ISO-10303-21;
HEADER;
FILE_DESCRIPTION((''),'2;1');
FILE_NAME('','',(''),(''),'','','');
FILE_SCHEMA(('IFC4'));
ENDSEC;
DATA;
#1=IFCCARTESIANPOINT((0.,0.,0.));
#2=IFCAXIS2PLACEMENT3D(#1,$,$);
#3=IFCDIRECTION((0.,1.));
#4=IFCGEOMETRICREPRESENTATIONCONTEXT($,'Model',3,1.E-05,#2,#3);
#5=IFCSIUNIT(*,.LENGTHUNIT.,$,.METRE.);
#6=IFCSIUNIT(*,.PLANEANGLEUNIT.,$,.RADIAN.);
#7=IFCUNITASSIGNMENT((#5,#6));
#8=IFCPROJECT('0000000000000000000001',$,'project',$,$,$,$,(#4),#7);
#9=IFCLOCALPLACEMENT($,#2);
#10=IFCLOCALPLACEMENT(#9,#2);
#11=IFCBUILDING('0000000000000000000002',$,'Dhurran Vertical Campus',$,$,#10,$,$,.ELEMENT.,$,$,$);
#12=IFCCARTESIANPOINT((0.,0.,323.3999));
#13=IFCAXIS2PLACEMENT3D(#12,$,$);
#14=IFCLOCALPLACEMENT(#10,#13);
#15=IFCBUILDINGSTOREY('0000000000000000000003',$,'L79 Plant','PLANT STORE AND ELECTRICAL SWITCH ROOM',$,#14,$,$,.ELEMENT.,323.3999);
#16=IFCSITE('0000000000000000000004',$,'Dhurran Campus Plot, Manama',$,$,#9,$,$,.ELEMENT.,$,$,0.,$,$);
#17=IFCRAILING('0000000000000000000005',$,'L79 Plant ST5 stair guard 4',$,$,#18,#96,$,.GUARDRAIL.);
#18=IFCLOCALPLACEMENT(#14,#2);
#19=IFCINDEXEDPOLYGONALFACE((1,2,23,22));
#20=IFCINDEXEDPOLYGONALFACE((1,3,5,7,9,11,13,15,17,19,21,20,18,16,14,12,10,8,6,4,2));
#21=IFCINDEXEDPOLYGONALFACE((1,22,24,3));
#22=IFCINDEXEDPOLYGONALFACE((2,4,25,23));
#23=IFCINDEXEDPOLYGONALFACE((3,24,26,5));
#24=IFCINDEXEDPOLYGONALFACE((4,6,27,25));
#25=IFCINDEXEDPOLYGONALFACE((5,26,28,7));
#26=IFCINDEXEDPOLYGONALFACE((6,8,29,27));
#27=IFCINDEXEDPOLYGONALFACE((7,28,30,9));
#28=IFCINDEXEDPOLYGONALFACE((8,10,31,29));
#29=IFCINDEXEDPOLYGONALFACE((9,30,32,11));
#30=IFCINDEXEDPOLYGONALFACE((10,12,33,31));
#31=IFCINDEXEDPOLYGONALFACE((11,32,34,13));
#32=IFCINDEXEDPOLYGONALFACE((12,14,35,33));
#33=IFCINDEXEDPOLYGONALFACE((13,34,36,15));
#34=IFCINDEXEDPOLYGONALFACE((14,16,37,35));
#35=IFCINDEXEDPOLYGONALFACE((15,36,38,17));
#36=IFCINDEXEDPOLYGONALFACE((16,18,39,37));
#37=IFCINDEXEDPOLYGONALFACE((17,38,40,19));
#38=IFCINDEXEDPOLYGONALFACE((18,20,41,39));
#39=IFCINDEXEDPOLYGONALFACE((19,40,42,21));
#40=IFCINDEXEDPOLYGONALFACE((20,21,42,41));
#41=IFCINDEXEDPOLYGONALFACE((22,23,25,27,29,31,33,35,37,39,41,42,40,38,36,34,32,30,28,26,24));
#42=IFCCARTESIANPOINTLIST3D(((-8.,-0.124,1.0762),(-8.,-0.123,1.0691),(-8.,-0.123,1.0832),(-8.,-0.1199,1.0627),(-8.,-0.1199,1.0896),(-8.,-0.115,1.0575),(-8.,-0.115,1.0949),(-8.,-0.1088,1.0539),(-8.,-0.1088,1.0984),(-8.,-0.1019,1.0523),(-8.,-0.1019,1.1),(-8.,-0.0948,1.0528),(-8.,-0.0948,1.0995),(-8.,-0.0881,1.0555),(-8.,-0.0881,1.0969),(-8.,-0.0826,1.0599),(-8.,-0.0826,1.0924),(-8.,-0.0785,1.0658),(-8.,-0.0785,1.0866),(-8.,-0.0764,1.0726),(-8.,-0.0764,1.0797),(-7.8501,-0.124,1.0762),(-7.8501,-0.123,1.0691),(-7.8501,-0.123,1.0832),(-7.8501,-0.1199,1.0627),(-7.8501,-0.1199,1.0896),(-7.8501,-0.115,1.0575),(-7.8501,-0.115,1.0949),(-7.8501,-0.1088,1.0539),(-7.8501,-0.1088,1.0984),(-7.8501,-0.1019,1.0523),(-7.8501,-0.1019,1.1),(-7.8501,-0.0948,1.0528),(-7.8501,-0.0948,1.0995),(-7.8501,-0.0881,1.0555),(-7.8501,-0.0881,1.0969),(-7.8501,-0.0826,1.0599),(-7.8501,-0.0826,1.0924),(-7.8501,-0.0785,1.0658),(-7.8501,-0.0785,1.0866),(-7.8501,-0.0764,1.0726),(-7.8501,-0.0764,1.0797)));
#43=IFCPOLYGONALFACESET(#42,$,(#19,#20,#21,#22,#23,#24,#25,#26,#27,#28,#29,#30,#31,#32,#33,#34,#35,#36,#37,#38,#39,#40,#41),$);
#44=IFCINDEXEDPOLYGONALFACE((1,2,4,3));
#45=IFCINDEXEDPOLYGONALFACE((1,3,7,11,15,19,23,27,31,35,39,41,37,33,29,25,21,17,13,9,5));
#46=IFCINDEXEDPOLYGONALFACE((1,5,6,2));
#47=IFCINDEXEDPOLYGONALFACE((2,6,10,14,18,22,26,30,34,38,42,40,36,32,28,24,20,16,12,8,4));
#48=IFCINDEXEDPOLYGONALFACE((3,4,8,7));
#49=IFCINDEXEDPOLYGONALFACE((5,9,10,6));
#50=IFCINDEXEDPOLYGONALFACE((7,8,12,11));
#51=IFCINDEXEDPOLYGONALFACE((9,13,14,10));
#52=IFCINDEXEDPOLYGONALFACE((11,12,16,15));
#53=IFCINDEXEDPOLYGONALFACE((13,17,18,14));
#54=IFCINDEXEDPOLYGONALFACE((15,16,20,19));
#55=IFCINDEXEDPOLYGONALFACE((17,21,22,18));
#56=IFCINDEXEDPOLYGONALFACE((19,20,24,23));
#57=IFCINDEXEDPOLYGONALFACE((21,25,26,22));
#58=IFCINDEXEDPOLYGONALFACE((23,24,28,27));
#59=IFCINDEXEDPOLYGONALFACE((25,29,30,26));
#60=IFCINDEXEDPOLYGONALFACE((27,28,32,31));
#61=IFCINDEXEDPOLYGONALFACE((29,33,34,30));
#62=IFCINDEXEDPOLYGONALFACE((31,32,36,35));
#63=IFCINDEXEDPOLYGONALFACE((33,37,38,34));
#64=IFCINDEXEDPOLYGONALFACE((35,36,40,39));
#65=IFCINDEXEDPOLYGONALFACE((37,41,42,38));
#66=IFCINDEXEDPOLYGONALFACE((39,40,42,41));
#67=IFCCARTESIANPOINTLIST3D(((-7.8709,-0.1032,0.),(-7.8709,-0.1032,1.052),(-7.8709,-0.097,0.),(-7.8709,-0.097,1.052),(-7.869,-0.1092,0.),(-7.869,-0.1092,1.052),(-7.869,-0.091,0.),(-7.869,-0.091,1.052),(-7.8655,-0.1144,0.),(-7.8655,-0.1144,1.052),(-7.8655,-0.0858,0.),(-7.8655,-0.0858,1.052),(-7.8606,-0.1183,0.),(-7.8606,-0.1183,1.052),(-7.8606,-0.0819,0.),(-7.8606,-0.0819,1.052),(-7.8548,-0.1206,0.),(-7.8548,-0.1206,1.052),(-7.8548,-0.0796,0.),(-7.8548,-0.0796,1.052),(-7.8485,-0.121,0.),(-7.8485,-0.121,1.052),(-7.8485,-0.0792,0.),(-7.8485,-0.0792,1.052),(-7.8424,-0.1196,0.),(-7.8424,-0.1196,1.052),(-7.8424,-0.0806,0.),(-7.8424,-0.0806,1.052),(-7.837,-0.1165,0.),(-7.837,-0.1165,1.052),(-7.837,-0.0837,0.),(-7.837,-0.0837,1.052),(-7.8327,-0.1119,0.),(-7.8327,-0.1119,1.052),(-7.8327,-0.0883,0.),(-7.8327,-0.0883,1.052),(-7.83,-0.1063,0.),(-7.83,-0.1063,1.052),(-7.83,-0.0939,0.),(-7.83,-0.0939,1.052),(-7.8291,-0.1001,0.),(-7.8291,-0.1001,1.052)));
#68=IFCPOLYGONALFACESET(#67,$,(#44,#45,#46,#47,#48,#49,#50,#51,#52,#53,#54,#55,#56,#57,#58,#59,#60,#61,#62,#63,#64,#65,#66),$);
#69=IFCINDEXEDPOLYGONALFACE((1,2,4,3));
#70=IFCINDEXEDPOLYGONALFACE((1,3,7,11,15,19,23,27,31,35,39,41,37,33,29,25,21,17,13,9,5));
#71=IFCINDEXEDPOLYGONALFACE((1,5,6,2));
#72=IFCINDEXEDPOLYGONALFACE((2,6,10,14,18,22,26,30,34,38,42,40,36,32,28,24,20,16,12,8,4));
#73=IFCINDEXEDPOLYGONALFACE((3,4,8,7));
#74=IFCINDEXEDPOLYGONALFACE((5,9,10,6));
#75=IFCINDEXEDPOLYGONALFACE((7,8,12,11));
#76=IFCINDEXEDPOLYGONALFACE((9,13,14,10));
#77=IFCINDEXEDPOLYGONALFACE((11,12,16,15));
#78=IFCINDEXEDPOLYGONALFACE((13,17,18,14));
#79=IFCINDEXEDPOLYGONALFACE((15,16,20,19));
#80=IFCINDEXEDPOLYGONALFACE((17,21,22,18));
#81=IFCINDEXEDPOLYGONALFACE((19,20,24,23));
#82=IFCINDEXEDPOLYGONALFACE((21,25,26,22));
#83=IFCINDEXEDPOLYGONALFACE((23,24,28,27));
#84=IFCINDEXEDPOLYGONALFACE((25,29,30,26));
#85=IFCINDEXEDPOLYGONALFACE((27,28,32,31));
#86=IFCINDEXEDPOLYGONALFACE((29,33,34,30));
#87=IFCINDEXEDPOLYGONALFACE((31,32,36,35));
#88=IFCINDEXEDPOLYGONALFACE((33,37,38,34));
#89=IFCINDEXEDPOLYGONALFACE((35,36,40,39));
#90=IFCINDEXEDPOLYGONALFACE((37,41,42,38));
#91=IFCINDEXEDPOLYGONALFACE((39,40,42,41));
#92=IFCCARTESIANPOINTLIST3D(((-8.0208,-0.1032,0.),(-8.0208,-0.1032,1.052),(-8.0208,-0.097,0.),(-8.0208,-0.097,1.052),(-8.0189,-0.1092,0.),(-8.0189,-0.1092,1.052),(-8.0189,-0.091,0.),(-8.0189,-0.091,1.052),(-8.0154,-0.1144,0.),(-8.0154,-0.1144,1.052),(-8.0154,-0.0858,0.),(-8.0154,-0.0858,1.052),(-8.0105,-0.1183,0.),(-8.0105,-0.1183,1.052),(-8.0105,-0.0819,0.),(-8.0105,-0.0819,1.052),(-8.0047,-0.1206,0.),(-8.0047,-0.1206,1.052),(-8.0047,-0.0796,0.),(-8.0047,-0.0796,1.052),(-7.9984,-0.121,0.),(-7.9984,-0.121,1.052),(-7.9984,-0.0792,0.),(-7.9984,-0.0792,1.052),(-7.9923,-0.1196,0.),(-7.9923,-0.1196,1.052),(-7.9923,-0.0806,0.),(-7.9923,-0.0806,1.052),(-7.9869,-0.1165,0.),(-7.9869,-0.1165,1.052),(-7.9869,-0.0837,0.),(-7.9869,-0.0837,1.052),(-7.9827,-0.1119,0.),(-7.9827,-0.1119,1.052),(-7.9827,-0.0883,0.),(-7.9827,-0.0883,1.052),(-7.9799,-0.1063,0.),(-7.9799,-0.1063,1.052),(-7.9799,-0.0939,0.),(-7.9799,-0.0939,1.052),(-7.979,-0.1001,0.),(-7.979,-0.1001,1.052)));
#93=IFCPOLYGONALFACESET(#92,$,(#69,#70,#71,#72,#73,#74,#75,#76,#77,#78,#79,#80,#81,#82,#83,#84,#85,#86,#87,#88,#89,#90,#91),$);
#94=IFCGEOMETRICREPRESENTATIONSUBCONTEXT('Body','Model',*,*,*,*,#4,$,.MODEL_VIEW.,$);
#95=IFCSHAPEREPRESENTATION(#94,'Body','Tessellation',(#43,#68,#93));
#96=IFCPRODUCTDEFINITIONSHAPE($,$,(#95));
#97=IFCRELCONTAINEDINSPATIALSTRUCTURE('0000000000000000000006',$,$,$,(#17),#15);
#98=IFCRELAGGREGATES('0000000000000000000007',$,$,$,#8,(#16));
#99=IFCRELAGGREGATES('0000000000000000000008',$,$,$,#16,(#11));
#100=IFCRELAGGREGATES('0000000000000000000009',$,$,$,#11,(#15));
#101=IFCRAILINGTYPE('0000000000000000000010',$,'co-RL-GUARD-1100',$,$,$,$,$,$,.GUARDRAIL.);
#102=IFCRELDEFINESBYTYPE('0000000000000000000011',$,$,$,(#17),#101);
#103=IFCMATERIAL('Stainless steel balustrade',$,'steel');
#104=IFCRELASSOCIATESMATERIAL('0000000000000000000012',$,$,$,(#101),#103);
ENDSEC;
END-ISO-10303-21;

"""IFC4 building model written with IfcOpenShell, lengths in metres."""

from ifc_helpers import new_model, si_unit, direction, frame, origin, origin_2d, place, context, subcontext, project, spatial, circle, extrude, material, type_object, element, save


model = new_model("IFC4")

# Units and contexts
model_context = context("Model", 3, precision=1e-05, world=origin(), true_north=direction((0.0, 1.0)))
body_context = subcontext(model_context, "Body", "Model", "MODEL_VIEW")
ifc_project = project(units=[si_unit("LENGTHUNIT", "METRE"), si_unit("PLANEANGLEUNIT", "RADIAN")], contexts=[model_context])

# Site, building, storey
site_placement = place(None, origin())
site = spatial("IfcSite", under=ifc_project, at=site_placement, Name="Dhurran Campus Plot, Manama", CompositionType="ELEMENT", RefElevation=0.0)
building_placement = place(site_placement, origin())
building = spatial("IfcBuilding", under=site, at=building_placement, Name="Dhurran Vertical Campus", CompositionType="ELEMENT")
storey_placement = place(building_placement, frame((0.0, 0.0, 323.3999)))
storey = spatial("IfcBuildingStorey", under=building, at=storey_placement, Name="L79 Plant", Description="PLANT STORE AND ELECTRICAL SWITCH ROOM", CompositionType="ELEMENT", Elevation=323.3999)

# Railing
ifc_material_1 = material(Name="Stainless steel balustrade", Category="steel")
railing_type_1 = type_object("IfcRailingType", Name="co-RL-GUARD-1100", PredefinedType="GUARDRAIL", material=ifc_material_1)
railing_1_placement = place(storey_placement, frame((-7.8501, -0.1001, 0.0)))
element("IfcRailing", 1, at=railing_1_placement, inside=storey, type_object=railing_type_1, Name="L79 Plant ST5 stair guard 4", PredefinedType="GUARDRAIL", context=body_context, shape_type="SweptSolid", body=[
    extrude(circle(Radius=0.0239, at=origin_2d()), frame((0.0, 0.0, 1.0762), z_axis=(-1.0, 0.0, 0.0), x_axis=(0.0, -1.0, 0.0)), (0.0, 0.0, 1.0), 0.1499),
    extrude(circle(Radius=0.021, at=origin_2d()), origin(), (0.0, 0.0, 1.0), 1.052),
    extrude(circle(Radius=0.021, at=origin_2d()), frame((-0.1499, 0.0, 0.0)), (0.0, 0.0, 1.0), 1.052),
])

save(model, "model.ifc")
